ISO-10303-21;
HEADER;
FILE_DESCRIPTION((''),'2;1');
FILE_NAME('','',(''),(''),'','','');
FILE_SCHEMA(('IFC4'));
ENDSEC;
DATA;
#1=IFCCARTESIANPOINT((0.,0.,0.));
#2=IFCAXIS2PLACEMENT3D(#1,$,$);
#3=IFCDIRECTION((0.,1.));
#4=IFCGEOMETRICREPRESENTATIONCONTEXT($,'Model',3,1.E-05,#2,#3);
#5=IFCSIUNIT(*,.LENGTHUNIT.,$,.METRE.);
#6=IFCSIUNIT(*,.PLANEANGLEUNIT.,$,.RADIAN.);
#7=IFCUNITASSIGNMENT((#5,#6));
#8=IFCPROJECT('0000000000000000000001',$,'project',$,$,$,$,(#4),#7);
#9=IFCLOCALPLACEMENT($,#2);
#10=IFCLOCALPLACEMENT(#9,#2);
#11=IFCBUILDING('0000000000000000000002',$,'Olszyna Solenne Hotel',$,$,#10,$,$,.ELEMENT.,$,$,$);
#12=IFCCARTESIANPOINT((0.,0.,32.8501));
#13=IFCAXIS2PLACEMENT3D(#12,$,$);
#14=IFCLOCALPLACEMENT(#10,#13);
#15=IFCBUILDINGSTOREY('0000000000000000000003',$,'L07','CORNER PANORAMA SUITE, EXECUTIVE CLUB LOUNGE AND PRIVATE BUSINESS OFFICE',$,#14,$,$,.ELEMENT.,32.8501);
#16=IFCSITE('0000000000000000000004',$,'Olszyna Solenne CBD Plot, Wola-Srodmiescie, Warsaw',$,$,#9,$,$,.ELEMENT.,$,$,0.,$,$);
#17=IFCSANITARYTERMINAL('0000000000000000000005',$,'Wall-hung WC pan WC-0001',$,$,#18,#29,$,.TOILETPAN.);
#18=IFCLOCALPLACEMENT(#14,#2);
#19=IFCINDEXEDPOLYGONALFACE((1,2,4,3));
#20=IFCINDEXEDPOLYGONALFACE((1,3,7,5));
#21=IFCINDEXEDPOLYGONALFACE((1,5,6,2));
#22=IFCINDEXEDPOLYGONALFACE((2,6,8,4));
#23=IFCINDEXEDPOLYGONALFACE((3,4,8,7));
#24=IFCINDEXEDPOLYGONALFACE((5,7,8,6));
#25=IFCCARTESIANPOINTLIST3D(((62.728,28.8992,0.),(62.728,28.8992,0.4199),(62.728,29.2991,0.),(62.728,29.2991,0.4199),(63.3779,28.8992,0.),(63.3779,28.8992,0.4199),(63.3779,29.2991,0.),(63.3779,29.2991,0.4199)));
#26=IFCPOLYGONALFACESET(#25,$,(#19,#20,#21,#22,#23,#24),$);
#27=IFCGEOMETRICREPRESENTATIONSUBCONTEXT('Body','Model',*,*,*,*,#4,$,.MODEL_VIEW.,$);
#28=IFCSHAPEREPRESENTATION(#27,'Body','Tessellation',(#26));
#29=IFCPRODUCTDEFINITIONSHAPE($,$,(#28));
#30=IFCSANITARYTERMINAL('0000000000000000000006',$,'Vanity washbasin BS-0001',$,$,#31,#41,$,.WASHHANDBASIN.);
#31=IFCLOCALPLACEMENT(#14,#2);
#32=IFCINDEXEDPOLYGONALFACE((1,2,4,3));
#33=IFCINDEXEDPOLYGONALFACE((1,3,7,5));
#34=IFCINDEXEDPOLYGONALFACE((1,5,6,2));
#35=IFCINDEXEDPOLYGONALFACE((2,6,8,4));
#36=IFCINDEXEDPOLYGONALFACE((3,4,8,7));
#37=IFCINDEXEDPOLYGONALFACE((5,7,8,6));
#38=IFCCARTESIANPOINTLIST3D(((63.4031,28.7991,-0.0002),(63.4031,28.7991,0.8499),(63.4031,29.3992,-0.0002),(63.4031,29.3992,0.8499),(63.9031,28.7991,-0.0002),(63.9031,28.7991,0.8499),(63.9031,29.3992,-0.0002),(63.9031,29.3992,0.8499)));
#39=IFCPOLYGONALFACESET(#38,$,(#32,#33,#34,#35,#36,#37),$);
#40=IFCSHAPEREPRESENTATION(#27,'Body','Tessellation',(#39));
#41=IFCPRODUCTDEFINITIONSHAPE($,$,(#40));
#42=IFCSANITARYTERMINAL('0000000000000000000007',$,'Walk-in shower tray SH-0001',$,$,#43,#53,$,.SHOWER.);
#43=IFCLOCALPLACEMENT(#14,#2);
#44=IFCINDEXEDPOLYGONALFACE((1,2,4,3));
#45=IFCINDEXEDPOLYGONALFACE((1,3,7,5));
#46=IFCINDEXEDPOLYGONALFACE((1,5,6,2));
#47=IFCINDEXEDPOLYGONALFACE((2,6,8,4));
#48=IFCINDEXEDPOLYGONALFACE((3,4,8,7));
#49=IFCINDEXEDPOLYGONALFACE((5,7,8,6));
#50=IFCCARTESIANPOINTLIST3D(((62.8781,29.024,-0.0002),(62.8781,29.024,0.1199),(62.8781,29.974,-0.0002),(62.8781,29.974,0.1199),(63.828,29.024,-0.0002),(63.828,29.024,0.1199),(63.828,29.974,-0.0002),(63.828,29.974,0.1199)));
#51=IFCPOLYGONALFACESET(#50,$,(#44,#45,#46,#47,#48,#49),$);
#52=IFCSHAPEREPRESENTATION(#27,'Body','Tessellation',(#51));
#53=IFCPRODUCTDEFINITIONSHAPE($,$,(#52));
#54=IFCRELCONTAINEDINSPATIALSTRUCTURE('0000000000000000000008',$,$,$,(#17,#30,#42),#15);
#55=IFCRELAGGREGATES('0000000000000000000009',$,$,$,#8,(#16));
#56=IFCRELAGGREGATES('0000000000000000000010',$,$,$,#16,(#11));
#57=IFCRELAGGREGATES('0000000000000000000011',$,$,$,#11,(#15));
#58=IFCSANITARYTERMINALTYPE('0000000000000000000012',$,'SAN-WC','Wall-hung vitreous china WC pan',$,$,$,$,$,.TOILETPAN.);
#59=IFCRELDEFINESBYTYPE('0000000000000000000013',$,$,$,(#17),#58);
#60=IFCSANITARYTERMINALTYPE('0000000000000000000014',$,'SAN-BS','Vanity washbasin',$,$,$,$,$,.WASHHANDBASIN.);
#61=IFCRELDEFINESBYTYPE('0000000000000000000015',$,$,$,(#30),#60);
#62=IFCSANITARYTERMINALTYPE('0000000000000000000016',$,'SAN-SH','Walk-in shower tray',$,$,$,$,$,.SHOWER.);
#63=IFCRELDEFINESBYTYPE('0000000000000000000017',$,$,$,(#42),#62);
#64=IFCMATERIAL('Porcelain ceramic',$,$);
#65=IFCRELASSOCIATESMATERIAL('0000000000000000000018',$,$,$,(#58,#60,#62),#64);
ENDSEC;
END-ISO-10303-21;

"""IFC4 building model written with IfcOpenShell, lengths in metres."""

from ifc_helpers import new_model, si_unit, direction, frame, origin, origin_2d, place, context, subcontext, project, spatial, rectangle, extrude, source, transform, mapped, material, type_object, element, save


model = new_model("IFC4")

# Units and contexts
model_context = context("Model", 3, precision=1e-05, world=origin(), true_north=direction((0.0, 1.0)))
body_context = subcontext(model_context, "Body", "Model", "MODEL_VIEW")
ifc_project = project(units=[si_unit("LENGTHUNIT", "METRE"), si_unit("PLANEANGLEUNIT", "RADIAN")], contexts=[model_context])

# Site, building, storey
site_placement = place(None, origin())
site = spatial("IfcSite", under=ifc_project, at=site_placement, Name="Olszyna Solenne CBD Plot, Wola-Srodmiescie, Warsaw", CompositionType="ELEMENT", RefElevation=0.0)
building_placement = place(site_placement, origin())
building = spatial("IfcBuilding", under=site, at=building_placement, Name="Olszyna Solenne Hotel", CompositionType="ELEMENT")
storey_placement = place(building_placement, frame((0.0, 0.0, 32.8501)))
storey = spatial("IfcBuildingStorey", under=building, at=storey_placement, Name="L07", Description="CORNER PANORAMA SUITE, EXECUTIVE CLUB LOUNGE AND PRIVATE BUSINESS OFFICE", CompositionType="ELEMENT", Elevation=32.8501)

# Sanitary terminals
ifc_material_1 = material(Name="Porcelain ceramic")
sanitary_terminal_type_1 = type_object("IfcSanitaryTerminalType", Name="SAN-WC", Description="Wall-hung vitreous china WC pan", PredefinedType="TOILETPAN", material=ifc_material_1)
shared_shape_1 = source(origin(), body_context, "Body", "SweptSolid", [
    extrude(rectangle(XDim=0.6499, YDim=0.3999, at=origin_2d()), origin(), (0.0, 0.0, 1.0), 0.4199),
])
sanitary_terminal_1_placement = place(storey_placement, frame((63.053, 29.0991, 0.0), z_axis=(0.0, 0.0, 1.0), x_axis=(1.0, 0.0, 0.0)))
element("IfcSanitaryTerminal", 1, at=sanitary_terminal_1_placement, inside=storey, type_object=sanitary_terminal_type_1, Name="Wall-hung WC pan WC-0001", PredefinedType="TOILETPAN", context=body_context, shape_type="MappedRepresentation", body=[
    mapped(shared_shape_1, transform((0.0, 0.0, 0.0), x_axis=(1.0, 0.0, 0.0), y_axis=(0.0, 1.0, 0.0), z_axis=(0.0, 0.0, 1.0), scale=1.0)),
])
sanitary_terminal_type_2 = type_object("IfcSanitaryTerminalType", Name="SAN-BS", Description="Vanity washbasin", PredefinedType="WASHHANDBASIN", material=ifc_material_1)
shared_shape_2 = source(origin(), body_context, "Body", "SweptSolid", [
    extrude(rectangle(XDim=0.5, YDim=0.6001, at=origin_2d()), origin(), (0.0, 0.0, 1.0), 0.8501),
])
sanitary_terminal_2_placement = place(storey_placement, frame((63.6531, 29.0991, -0.0002), z_axis=(0.0, 0.0, 1.0), x_axis=(1.0, 0.0, 0.0)))
element("IfcSanitaryTerminal", 2, at=sanitary_terminal_2_placement, inside=storey, type_object=sanitary_terminal_type_2, Name="Vanity washbasin BS-0001", PredefinedType="WASHHANDBASIN", context=body_context, shape_type="MappedRepresentation", body=[
    mapped(shared_shape_2, transform((0.0, 0.0, 0.0), x_axis=(1.0, 0.0, 0.0), y_axis=(0.0, 1.0, 0.0), z_axis=(0.0, 0.0, 1.0), scale=1.0)),
])
sanitary_terminal_type_3 = type_object("IfcSanitaryTerminalType", Name="SAN-SH", Description="Walk-in shower tray", PredefinedType="SHOWER", material=ifc_material_1)
shared_shape_3 = source(origin(), body_context, "Body", "SweptSolid", [
    extrude(rectangle(XDim=0.95, YDim=0.95, at=origin_2d()), origin(), (0.0, 0.0, 1.0), 0.1201),
])
sanitary_terminal_3_placement = place(storey_placement, frame((63.353, 29.499, -0.0002), z_axis=(0.0, 0.0, 1.0), x_axis=(1.0, 0.0, 0.0)))
element("IfcSanitaryTerminal", 3, at=sanitary_terminal_3_placement, inside=storey, type_object=sanitary_terminal_type_3, Name="Walk-in shower tray SH-0001", PredefinedType="SHOWER", context=body_context, shape_type="MappedRepresentation", body=[
    mapped(shared_shape_3, transform((0.0, 0.0, 0.0), x_axis=(1.0, 0.0, 0.0), y_axis=(0.0, 1.0, 0.0), z_axis=(0.0, 0.0, 1.0), scale=1.0)),
])

save(model, "model.ifc")
